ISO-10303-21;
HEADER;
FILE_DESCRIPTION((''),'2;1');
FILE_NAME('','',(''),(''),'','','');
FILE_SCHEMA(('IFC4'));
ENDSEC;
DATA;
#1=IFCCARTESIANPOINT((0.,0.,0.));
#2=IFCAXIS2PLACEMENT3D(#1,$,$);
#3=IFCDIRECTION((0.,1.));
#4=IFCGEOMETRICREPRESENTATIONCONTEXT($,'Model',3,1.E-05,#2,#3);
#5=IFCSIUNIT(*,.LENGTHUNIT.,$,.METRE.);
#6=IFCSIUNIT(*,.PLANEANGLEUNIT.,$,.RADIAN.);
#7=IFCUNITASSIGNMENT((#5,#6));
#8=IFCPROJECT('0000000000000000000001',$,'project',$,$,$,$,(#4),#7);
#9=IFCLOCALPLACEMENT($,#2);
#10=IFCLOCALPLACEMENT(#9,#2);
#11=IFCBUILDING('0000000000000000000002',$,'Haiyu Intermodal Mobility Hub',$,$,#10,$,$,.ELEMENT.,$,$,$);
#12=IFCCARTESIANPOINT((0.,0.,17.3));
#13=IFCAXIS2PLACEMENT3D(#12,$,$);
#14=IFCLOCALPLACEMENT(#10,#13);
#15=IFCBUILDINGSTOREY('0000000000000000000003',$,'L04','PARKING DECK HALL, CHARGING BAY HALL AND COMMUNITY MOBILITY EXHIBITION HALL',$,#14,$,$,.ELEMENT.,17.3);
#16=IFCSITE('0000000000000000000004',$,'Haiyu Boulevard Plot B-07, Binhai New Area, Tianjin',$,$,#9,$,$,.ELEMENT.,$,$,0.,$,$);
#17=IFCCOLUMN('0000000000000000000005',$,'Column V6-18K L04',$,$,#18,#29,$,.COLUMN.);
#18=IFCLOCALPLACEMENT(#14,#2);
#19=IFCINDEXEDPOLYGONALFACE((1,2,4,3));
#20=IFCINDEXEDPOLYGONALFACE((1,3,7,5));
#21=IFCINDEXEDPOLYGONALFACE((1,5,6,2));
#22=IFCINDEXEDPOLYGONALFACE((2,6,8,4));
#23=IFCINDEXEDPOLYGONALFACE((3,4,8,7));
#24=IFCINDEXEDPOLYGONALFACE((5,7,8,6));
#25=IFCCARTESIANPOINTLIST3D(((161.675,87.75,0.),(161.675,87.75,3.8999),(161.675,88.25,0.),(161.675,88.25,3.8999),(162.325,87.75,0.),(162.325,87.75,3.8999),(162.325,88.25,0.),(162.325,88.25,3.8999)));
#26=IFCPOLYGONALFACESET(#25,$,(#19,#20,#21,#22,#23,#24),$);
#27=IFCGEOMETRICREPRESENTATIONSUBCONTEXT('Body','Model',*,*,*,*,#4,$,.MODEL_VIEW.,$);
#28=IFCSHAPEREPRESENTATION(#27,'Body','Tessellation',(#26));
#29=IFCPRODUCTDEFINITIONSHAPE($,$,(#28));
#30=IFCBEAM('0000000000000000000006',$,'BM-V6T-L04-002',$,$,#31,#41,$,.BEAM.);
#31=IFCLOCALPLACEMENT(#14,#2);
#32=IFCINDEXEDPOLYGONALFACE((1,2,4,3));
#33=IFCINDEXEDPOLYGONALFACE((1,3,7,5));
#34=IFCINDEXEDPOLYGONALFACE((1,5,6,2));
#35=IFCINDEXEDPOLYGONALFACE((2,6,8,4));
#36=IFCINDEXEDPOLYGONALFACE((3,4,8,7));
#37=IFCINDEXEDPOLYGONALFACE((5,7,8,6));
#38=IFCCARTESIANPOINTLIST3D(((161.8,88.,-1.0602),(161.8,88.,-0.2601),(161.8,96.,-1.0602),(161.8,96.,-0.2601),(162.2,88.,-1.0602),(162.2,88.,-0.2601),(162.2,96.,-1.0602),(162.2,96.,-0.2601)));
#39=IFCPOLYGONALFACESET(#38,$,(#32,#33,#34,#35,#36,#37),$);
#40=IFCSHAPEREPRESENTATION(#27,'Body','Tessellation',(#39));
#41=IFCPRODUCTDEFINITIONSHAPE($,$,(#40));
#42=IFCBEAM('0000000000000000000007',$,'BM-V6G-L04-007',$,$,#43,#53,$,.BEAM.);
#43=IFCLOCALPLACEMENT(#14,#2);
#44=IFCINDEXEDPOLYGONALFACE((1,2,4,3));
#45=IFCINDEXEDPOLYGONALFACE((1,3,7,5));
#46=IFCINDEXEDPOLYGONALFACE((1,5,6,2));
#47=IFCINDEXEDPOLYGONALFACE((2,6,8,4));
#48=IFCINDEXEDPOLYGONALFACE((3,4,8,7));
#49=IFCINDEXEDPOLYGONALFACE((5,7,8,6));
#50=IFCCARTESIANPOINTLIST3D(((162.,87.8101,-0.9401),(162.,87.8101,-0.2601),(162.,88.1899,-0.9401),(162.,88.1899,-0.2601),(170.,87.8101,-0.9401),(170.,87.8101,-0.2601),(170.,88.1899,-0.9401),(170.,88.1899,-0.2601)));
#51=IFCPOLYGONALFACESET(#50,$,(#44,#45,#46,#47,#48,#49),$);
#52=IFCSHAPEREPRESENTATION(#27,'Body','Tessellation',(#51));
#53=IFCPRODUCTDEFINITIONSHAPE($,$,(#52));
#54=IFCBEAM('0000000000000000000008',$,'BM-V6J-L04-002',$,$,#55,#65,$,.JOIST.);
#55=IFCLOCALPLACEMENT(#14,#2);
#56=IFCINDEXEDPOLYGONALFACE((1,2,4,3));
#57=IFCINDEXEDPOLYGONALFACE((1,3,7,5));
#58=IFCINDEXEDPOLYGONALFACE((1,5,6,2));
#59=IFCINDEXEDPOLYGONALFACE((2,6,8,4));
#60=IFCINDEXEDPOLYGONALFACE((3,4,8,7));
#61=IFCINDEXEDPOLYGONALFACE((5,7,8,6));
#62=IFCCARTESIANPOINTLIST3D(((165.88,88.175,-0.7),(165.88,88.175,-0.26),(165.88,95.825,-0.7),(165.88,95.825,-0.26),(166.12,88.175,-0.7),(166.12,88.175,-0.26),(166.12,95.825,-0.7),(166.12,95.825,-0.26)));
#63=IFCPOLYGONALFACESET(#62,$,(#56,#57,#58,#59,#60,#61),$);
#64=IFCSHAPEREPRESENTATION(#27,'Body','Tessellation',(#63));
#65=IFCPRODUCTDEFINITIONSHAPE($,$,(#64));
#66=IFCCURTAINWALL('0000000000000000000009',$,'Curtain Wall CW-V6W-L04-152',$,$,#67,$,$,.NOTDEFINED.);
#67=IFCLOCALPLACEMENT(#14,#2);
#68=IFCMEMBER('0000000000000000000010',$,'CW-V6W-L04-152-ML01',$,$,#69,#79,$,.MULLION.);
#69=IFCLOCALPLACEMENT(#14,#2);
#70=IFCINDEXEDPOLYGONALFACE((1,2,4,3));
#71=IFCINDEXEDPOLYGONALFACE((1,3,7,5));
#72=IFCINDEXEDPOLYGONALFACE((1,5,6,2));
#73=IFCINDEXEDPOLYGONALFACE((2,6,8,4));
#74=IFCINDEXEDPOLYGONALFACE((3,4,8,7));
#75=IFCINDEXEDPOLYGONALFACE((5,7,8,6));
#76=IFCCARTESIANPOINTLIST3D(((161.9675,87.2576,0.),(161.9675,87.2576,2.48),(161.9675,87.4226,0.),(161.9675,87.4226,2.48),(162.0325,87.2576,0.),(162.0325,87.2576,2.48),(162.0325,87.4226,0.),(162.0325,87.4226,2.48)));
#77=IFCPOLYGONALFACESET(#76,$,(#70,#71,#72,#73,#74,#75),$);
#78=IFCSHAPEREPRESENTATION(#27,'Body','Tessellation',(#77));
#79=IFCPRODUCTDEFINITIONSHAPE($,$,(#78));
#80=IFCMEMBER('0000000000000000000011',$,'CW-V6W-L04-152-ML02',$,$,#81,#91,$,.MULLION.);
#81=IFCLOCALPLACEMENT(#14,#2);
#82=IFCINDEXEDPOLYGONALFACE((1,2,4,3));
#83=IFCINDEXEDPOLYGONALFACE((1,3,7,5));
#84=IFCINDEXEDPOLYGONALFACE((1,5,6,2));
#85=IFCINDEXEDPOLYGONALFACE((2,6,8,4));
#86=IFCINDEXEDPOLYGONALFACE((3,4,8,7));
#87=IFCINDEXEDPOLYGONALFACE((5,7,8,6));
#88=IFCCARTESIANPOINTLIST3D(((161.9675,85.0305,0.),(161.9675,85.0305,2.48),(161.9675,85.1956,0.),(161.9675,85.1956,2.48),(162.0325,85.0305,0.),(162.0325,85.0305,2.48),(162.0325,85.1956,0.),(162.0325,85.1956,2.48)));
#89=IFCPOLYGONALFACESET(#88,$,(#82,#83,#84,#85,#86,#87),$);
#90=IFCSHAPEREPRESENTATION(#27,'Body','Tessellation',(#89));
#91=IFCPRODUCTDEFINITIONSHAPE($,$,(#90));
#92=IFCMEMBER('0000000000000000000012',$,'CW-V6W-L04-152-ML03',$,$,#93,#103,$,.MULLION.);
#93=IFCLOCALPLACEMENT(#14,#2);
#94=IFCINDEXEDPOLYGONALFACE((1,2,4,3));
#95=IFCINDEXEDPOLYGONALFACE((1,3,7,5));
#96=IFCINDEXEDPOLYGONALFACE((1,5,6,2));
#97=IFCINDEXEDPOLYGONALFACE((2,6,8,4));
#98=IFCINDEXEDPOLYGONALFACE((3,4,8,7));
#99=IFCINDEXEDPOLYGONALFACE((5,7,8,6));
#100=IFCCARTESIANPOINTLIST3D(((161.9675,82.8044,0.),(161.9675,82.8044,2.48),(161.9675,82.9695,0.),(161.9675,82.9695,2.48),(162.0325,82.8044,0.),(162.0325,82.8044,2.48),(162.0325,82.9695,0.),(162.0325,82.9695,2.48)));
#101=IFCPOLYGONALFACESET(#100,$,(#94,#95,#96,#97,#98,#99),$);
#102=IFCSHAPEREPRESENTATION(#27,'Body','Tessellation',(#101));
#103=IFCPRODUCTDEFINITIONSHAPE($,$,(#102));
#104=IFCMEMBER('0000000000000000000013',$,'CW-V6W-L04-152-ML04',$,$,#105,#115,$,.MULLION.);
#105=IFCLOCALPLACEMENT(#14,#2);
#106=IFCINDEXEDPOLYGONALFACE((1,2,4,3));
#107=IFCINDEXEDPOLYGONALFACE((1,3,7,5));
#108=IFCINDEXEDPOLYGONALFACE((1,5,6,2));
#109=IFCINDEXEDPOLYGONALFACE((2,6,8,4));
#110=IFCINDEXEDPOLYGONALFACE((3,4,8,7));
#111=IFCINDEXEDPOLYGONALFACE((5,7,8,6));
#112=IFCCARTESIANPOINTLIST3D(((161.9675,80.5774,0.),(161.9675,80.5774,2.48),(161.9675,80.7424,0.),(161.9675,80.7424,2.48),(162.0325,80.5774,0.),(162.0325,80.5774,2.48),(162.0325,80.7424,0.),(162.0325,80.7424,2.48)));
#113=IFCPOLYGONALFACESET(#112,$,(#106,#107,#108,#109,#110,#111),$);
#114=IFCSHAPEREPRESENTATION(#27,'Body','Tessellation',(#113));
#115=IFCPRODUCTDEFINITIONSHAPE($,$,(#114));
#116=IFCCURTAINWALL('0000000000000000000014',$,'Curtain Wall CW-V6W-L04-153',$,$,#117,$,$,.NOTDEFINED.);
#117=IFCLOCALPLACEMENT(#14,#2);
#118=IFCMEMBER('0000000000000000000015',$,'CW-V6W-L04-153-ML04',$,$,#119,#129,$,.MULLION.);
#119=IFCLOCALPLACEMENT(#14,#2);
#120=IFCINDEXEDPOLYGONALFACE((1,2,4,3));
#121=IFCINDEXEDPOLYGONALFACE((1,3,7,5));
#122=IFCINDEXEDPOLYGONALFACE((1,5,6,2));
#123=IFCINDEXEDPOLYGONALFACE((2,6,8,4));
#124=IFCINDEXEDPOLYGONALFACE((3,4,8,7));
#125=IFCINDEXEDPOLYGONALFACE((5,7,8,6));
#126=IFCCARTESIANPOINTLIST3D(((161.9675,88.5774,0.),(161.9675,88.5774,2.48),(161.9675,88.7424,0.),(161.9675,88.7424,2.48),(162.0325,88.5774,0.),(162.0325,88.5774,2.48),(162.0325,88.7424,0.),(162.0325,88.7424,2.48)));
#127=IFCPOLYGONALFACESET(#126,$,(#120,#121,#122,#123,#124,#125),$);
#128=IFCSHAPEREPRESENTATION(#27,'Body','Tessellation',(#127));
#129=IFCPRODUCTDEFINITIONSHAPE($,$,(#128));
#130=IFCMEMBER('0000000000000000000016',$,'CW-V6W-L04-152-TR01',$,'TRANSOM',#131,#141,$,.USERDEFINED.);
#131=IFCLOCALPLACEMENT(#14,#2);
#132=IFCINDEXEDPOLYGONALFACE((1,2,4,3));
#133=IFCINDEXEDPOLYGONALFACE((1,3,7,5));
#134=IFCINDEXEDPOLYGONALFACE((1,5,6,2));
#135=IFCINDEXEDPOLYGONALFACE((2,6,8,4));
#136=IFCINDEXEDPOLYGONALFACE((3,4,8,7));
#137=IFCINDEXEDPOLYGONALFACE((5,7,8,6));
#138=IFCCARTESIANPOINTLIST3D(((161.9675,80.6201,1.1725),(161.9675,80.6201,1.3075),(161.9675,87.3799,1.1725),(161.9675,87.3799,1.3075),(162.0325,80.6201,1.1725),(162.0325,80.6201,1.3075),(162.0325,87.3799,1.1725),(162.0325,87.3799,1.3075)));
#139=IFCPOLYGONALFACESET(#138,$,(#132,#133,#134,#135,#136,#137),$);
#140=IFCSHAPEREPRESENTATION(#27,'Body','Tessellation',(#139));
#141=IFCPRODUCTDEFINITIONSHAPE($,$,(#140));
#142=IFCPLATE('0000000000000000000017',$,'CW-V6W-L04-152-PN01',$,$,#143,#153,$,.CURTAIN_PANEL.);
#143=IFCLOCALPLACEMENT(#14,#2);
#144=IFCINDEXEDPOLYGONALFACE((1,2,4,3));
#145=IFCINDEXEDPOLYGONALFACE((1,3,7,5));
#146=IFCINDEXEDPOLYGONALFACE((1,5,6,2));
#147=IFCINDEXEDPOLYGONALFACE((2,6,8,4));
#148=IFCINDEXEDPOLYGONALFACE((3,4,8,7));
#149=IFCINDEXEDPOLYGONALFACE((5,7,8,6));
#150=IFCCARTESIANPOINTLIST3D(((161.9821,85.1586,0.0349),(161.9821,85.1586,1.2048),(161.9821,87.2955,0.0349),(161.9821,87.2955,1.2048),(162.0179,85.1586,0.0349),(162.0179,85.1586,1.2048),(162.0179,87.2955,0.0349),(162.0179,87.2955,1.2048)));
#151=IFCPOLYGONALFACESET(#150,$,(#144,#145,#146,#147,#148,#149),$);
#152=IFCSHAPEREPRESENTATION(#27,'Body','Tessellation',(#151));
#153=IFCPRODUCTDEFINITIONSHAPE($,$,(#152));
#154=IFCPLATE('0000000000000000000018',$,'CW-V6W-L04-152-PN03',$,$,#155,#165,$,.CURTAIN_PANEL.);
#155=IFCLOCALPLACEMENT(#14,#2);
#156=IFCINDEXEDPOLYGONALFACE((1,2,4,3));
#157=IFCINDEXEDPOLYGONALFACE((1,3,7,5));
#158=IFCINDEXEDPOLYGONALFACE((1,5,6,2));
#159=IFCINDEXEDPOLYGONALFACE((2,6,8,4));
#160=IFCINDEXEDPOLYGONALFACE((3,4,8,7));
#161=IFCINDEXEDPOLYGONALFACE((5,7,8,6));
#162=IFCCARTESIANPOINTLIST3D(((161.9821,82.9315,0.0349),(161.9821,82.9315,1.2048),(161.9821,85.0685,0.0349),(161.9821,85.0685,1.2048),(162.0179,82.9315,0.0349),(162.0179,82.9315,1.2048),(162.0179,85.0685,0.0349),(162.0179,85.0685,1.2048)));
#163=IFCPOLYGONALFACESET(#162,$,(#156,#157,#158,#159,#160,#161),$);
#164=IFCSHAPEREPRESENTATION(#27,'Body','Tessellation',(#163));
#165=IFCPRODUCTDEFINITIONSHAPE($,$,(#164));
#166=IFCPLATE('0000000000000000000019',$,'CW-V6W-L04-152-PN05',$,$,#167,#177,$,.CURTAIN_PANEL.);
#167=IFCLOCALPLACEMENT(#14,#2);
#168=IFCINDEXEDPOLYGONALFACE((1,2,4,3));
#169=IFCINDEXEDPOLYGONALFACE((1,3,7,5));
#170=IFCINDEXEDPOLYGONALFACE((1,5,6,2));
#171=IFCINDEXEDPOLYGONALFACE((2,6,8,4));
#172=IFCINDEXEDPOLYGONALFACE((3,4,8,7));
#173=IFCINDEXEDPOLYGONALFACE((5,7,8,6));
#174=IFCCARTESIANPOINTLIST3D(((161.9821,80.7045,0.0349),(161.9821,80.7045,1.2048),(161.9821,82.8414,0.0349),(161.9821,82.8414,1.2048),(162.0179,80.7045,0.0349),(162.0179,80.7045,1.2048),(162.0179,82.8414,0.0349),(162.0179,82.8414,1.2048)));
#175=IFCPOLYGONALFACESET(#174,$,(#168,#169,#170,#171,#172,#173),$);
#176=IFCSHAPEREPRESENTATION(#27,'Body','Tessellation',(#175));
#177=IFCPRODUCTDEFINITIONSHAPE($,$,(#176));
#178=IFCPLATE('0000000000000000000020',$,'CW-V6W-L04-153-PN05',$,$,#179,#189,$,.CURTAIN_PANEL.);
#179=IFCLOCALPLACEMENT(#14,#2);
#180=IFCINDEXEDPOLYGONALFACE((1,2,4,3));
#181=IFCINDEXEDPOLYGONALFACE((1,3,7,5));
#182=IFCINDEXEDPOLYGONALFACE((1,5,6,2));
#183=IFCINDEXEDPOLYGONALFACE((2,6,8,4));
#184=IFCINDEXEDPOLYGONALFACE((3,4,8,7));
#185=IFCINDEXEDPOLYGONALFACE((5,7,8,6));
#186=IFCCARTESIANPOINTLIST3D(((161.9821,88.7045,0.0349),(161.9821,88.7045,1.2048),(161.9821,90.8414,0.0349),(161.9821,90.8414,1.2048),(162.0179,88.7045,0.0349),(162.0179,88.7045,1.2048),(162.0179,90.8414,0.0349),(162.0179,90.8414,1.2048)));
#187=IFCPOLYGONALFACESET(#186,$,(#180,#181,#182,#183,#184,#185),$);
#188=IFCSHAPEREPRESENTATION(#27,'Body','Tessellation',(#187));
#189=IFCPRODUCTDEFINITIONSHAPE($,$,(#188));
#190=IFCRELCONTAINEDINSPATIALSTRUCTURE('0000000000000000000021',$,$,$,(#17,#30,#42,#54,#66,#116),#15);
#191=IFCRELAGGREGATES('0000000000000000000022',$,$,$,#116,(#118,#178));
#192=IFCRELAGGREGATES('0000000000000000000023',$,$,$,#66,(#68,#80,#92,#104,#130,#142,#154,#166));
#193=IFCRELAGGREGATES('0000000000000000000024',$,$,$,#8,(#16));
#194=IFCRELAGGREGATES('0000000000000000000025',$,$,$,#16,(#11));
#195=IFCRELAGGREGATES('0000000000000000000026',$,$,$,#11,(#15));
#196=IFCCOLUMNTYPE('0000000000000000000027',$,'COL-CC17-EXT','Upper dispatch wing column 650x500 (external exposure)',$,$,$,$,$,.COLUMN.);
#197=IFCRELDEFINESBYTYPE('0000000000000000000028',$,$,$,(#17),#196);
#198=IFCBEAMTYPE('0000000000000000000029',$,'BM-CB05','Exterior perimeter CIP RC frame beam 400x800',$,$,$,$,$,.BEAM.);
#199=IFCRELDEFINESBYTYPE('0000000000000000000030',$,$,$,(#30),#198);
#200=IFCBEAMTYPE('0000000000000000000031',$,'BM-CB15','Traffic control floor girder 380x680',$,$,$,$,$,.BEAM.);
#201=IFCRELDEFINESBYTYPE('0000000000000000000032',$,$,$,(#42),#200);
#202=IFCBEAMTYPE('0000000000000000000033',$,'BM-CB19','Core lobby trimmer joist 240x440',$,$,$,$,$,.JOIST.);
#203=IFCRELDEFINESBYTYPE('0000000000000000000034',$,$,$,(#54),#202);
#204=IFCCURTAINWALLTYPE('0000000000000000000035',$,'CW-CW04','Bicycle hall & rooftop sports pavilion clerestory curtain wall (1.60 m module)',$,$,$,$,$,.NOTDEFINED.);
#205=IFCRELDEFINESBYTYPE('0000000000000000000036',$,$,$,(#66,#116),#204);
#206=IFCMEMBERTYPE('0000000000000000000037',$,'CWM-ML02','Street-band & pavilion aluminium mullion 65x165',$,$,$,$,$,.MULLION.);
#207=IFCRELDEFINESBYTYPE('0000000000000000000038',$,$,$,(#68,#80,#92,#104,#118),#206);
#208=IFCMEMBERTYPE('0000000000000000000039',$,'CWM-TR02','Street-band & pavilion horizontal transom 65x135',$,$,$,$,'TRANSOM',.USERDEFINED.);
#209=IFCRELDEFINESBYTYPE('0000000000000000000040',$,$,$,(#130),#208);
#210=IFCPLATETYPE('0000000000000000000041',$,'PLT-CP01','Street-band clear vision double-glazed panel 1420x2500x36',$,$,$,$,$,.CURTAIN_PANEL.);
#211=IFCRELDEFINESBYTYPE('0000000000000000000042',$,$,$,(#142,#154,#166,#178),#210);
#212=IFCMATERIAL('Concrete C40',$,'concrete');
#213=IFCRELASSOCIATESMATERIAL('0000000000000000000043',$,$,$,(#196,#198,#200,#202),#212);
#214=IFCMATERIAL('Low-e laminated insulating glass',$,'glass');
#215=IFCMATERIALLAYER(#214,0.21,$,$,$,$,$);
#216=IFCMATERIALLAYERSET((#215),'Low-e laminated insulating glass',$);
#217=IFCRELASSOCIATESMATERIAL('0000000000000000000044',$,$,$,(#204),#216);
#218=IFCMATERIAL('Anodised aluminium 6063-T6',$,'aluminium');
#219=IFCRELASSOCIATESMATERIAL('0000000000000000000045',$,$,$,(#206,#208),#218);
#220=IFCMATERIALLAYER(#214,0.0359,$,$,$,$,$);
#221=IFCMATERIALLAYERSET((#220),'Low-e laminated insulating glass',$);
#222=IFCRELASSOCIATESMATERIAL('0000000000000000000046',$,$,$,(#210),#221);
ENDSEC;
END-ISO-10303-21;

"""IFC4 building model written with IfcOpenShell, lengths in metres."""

from ifc_helpers import new_model, si_unit, direction, frame, origin, origin_2d, place, context, subcontext, project, spatial, rectangle, extrude, material, layer, layer_set, material_profile, profile_set, type_object, element, aggregate, save


model = new_model("IFC4")

# Units and contexts
model_context = context("Model", 3, precision=1e-05, world=origin(), true_north=direction((0.0, 1.0)))
body_context = subcontext(model_context, "Body", "Model", "MODEL_VIEW")
ifc_project = project(units=[si_unit("LENGTHUNIT", "METRE"), si_unit("PLANEANGLEUNIT", "RADIAN")], contexts=[model_context])

# Site, building, storey
site_placement = place(None, origin())
site = spatial("IfcSite", under=ifc_project, at=site_placement, Name="Haiyu Boulevard Plot B-07, Binhai New Area, Tianjin", CompositionType="ELEMENT", RefElevation=0.0)
building_placement = place(site_placement, origin())
building = spatial("IfcBuilding", under=site, at=building_placement, Name="Haiyu Intermodal Mobility Hub", CompositionType="ELEMENT")
storey_placement = place(building_placement, frame((0.0, 0.0, 17.3)))
storey = spatial("IfcBuildingStorey", under=building, at=storey_placement, Name="L04", Description="PARKING DECK HALL, CHARGING BAY HALL AND COMMUNITY MOBILITY EXHIBITION HALL", CompositionType="ELEMENT", Elevation=17.3)

# Column
ifc_material_1 = material(Name="Concrete C40", Category="concrete")
ifc_material_profile_1 = material_profile(ifc_material_1, rectangle(XDim=0.6499, YDim=0.5, at=origin_2d()), Name="C650x500")
ifc_profile_set_1 = profile_set([ifc_material_profile_1], Name="Concrete C40")
column_type = type_object("IfcColumnType", Name="COL-CC17-EXT", Description="Upper dispatch wing column 650x500 (external exposure)", PredefinedType="COLUMN", material=ifc_profile_set_1)
column_placement = place(storey_placement, frame((162.0, 88.0, 0.0), z_axis=(0.0, 0.0, 1.0), x_axis=(1.0, 0.0, 0.0)))
element("IfcColumn", 1, at=column_placement, inside=storey, type_object=column_type, Name="Column V6-18K L04", PredefinedType="COLUMN", context=body_context, shape_type="SweptSolid", body=[
    extrude(rectangle(XDim=0.6499, YDim=0.5, at=origin_2d()), origin(), (0.0, 0.0, 1.0), 3.8999),
])

# Beams
ifc_material_profile_2 = material_profile(ifc_material_1, rectangle(XDim=0.3999, YDim=0.8, at=origin_2d()), Name="RCB400x800")
ifc_profile_set_2 = profile_set([ifc_material_profile_2], Name="Concrete C40")
beam_type_1 = type_object("IfcBeamType", Name="BM-CB05", Description="Exterior perimeter CIP RC frame beam 400x800", PredefinedType="BEAM", material=ifc_profile_set_2)
beam_1_placement = place(storey_placement, frame((162.0, 88.0, -0.6602), z_axis=(0.0, 1.0, 0.0), x_axis=(-1.0, 0.0, 0.0)))
element("IfcBeam", 2, at=beam_1_placement, inside=storey, type_object=beam_type_1, Name="BM-V6T-L04-002", PredefinedType="BEAM", context=body_context, shape_type="SweptSolid", body=[
    extrude(rectangle(XDim=0.3999, YDim=0.8, at=origin_2d()), origin(), (0.0, 0.0, 1.0), 8.0),
])
ifc_material_profile_3 = material_profile(ifc_material_1, rectangle(XDim=0.3799, YDim=0.6799, at=origin_2d()), Name="B380x680")
ifc_profile_set_3 = profile_set([ifc_material_profile_3], Name="Concrete C40")
beam_type_2 = type_object("IfcBeamType", Name="BM-CB15", Description="Traffic control floor girder 380x680", PredefinedType="BEAM", material=ifc_profile_set_3)
beam_2_placement = place(storey_placement, frame((162.0, 88.0, -0.6001), z_axis=(1.0, 0.0, 0.0), x_axis=(0.0, 1.0, 0.0)))
element("IfcBeam", 3, at=beam_2_placement, inside=storey, type_object=beam_type_2, Name="BM-V6G-L04-007", PredefinedType="BEAM", context=body_context, shape_type="SweptSolid", body=[
    extrude(rectangle(XDim=0.3799, YDim=0.6799, at=origin_2d()), origin(), (0.0, 0.0, 1.0), 8.0),
])
ifc_material_profile_4 = material_profile(ifc_material_1, rectangle(XDim=0.24, YDim=0.4399, at=origin_2d()), Name="B240x440")
ifc_profile_set_4 = profile_set([ifc_material_profile_4], Name="Concrete C40")
beam_type_3 = type_object("IfcBeamType", Name="BM-CB19", Description="Core lobby trimmer joist 240x440", PredefinedType="JOIST", material=ifc_profile_set_4)
beam_3_placement = place(storey_placement, frame((166.0, 88.175, -0.48), z_axis=(0.0, 1.0, 0.0), x_axis=(-1.0, 0.0, 0.0)))
element("IfcBeam", 4, at=beam_3_placement, inside=storey, type_object=beam_type_3, Name="BM-V6J-L04-002", PredefinedType="JOIST", context=body_context, shape_type="SweptSolid", body=[
    extrude(rectangle(XDim=0.24, YDim=0.4399, at=origin_2d()), origin(), (0.0, 0.0, 1.0), 7.6499),
])

# Curtain wall, members
ifc_material_2 = material(Name="Low-e laminated insulating glass", Category="glass")
ifc_layer_1 = layer(ifc_material_2, 0.21)
ifc_layer_set_1 = layer_set([ifc_layer_1], Name="Low-e laminated insulating glass")
curtain_wall_type = type_object("IfcCurtainWallType", Name="CW-CW04", Description="Bicycle hall & rooftop sports pavilion clerestory curtain wall (1.60 m module)", PredefinedType="NOTDEFINED", material=ifc_layer_set_1)
curtain_wall_1_placement = place(storey_placement, origin())
curtain_wall_1 = element("IfcCurtainWall", 5, at=curtain_wall_1_placement, inside=storey, type_object=curtain_wall_type, Name="Curtain Wall CW-V6W-L04-152", PredefinedType="NOTDEFINED")
ifc_material_3 = material(Name="Anodised aluminium 6063-T6", Category="aluminium")
ifc_material_profile_5 = material_profile(ifc_material_3, rectangle(XDim=0.0649, YDim=0.165, at=origin_2d()), Name="ALU65x165")
ifc_profile_set_5 = profile_set([ifc_material_profile_5], Name="Anodised aluminium 6063-T6")
member_type_1 = type_object("IfcMemberType", Name="CWM-ML02", Description="Street-band & pavilion aluminium mullion 65x165", PredefinedType="MULLION", material=ifc_profile_set_5)
member_1_placement = place(storey_placement, frame((162.0, 87.3401, 0.0), z_axis=(0.0, 0.0, 1.0), x_axis=(1.0, 0.0, 0.0)))
member_1 = element("IfcMember", 6, at=member_1_placement, type_object=member_type_1, Name="CW-V6W-L04-152-ML01", PredefinedType="MULLION", context=body_context, shape_type="SweptSolid", body=[
    extrude(rectangle(XDim=0.0649, YDim=0.165, at=origin_2d()), origin(), (0.0, 0.0, 1.0), 2.48),
])
member_2_placement = place(storey_placement, frame((162.0, 85.113, 0.0), z_axis=(0.0, 0.0, 1.0), x_axis=(1.0, 0.0, 0.0)))
member_2 = element("IfcMember", 7, at=member_2_placement, type_object=member_type_1, Name="CW-V6W-L04-152-ML02", PredefinedType="MULLION", context=body_context, shape_type="SweptSolid", body=[
    extrude(rectangle(XDim=0.0649, YDim=0.165, at=origin_2d()), origin(), (0.0, 0.0, 1.0), 2.48),
])
member_3_placement = place(storey_placement, frame((162.0, 82.887, 0.0), z_axis=(0.0, 0.0, 1.0), x_axis=(1.0, 0.0, 0.0)))
member_3 = element("IfcMember", 8, at=member_3_placement, type_object=member_type_1, Name="CW-V6W-L04-152-ML03", PredefinedType="MULLION", context=body_context, shape_type="SweptSolid", body=[
    extrude(rectangle(XDim=0.0649, YDim=0.165, at=origin_2d()), origin(), (0.0, 0.0, 1.0), 2.48),
])
member_4_placement = place(storey_placement, frame((162.0, 80.6599, 0.0), z_axis=(0.0, 0.0, 1.0), x_axis=(1.0, 0.0, 0.0)))
member_4 = element("IfcMember", 9, at=member_4_placement, type_object=member_type_1, Name="CW-V6W-L04-152-ML04", PredefinedType="MULLION", context=body_context, shape_type="SweptSolid", body=[
    extrude(rectangle(XDim=0.0649, YDim=0.165, at=origin_2d()), origin(), (0.0, 0.0, 1.0), 2.48),
])

# Curtain wall, member
curtain_wall_2_placement = place(storey_placement, origin())
curtain_wall_2 = element("IfcCurtainWall", 10, at=curtain_wall_2_placement, inside=storey, type_object=curtain_wall_type, Name="Curtain Wall CW-V6W-L04-153", PredefinedType="NOTDEFINED")
member_5_placement = place(storey_placement, frame((162.0, 88.6599, 0.0), z_axis=(0.0, 0.0, 1.0), x_axis=(1.0, 0.0, 0.0)))
member_5 = element("IfcMember", 11, at=member_5_placement, type_object=member_type_1, Name="CW-V6W-L04-153-ML04", PredefinedType="MULLION", context=body_context, shape_type="SweptSolid", body=[
    extrude(rectangle(XDim=0.0649, YDim=0.165, at=origin_2d()), origin(), (0.0, 0.0, 1.0), 2.48),
])

# Member
ifc_material_profile_6 = material_profile(ifc_material_3, rectangle(XDim=0.0649, YDim=0.135, at=origin_2d()), Name="ALU65x135")
ifc_profile_set_6 = profile_set([ifc_material_profile_6], Name="Anodised aluminium 6063-T6")
member_type_2 = type_object("IfcMemberType", Name="CWM-TR02", Description="Street-band & pavilion horizontal transom 65x135", ElementType="TRANSOM", PredefinedType="USERDEFINED", material=ifc_profile_set_6)
member_6_placement = place(storey_placement, frame((162.0, 87.3799, 1.24), z_axis=(0.0, -1.0, 0.0), x_axis=(1.0, 0.0, 0.0)))
member_6 = element("IfcMember", 12, at=member_6_placement, type_object=member_type_2, Name="CW-V6W-L04-152-TR01", ObjectType="TRANSOM", PredefinedType="USERDEFINED", context=body_context, shape_type="SweptSolid", body=[
    extrude(rectangle(XDim=0.0649, YDim=0.135, at=origin_2d()), origin(), (0.0, 0.0, 1.0), 6.7598),
])

# Plates
ifc_layer_2 = layer(ifc_material_2, 0.0359)
ifc_layer_set_2 = layer_set([ifc_layer_2], Name="Low-e laminated insulating glass")
plate_type_1 = type_object("IfcPlateType", Name="PLT-CP01", Description="Street-band clear vision double-glazed panel 1420x2500x36", PredefinedType="CURTAIN_PANEL", material=ifc_layer_set_2)
plate_1_placement = place(storey_placement, frame((162.0, 86.2271, 0.0349), z_axis=(0.0, 0.0, 1.0), x_axis=(0.0, -1.0, 0.0)))
plate_1 = element("IfcPlate", 13, at=plate_1_placement, type_object=plate_type_1, Name="CW-V6W-L04-152-PN01", PredefinedType="CURTAIN_PANEL", context=body_context, shape_type="SweptSolid", body=[
    extrude(rectangle(XDim=2.137, YDim=0.0359, at=origin_2d()), origin(), (0.0, 0.0, 1.0), 1.1699),
])
plate_2_placement = place(storey_placement, frame((162.0, 84.0, 0.0349), z_axis=(0.0, 0.0, 1.0), x_axis=(0.0, -1.0, 0.0)))
plate_2 = element("IfcPlate", 14, at=plate_2_placement, type_object=plate_type_1, Name="CW-V6W-L04-152-PN03", PredefinedType="CURTAIN_PANEL", context=body_context, shape_type="SweptSolid", body=[
    extrude(rectangle(XDim=2.137, YDim=0.0359, at=origin_2d()), origin(), (0.0, 0.0, 1.0), 1.1699),
])
plate_3_placement = place(storey_placement, frame((162.0, 81.7729, 0.0349), z_axis=(0.0, 0.0, 1.0), x_axis=(0.0, -1.0, 0.0)))
plate_3 = element("IfcPlate", 15, at=plate_3_placement, type_object=plate_type_1, Name="CW-V6W-L04-152-PN05", PredefinedType="CURTAIN_PANEL", context=body_context, shape_type="SweptSolid", body=[
    extrude(rectangle(XDim=2.137, YDim=0.0359, at=origin_2d()), origin(), (0.0, 0.0, 1.0), 1.1699),
])
plate_4_placement = place(storey_placement, frame((162.0, 89.7729, 0.0349), z_axis=(0.0, 0.0, 1.0), x_axis=(0.0, -1.0, 0.0)))
plate_4 = element("IfcPlate", 16, at=plate_4_placement, type_object=plate_type_1, Name="CW-V6W-L04-153-PN05", PredefinedType="CURTAIN_PANEL", context=body_context, shape_type="SweptSolid", body=[
    extrude(rectangle(XDim=2.137, YDim=0.0359, at=origin_2d()), origin(), (0.0, 0.0, 1.0), 1.1699),
])
aggregate(curtain_wall_2, [member_5, plate_4])
aggregate(curtain_wall_1, [member_1, member_2, member_3, member_4, member_6, plate_1, plate_2, plate_3])

save(model, "model.ifc")
